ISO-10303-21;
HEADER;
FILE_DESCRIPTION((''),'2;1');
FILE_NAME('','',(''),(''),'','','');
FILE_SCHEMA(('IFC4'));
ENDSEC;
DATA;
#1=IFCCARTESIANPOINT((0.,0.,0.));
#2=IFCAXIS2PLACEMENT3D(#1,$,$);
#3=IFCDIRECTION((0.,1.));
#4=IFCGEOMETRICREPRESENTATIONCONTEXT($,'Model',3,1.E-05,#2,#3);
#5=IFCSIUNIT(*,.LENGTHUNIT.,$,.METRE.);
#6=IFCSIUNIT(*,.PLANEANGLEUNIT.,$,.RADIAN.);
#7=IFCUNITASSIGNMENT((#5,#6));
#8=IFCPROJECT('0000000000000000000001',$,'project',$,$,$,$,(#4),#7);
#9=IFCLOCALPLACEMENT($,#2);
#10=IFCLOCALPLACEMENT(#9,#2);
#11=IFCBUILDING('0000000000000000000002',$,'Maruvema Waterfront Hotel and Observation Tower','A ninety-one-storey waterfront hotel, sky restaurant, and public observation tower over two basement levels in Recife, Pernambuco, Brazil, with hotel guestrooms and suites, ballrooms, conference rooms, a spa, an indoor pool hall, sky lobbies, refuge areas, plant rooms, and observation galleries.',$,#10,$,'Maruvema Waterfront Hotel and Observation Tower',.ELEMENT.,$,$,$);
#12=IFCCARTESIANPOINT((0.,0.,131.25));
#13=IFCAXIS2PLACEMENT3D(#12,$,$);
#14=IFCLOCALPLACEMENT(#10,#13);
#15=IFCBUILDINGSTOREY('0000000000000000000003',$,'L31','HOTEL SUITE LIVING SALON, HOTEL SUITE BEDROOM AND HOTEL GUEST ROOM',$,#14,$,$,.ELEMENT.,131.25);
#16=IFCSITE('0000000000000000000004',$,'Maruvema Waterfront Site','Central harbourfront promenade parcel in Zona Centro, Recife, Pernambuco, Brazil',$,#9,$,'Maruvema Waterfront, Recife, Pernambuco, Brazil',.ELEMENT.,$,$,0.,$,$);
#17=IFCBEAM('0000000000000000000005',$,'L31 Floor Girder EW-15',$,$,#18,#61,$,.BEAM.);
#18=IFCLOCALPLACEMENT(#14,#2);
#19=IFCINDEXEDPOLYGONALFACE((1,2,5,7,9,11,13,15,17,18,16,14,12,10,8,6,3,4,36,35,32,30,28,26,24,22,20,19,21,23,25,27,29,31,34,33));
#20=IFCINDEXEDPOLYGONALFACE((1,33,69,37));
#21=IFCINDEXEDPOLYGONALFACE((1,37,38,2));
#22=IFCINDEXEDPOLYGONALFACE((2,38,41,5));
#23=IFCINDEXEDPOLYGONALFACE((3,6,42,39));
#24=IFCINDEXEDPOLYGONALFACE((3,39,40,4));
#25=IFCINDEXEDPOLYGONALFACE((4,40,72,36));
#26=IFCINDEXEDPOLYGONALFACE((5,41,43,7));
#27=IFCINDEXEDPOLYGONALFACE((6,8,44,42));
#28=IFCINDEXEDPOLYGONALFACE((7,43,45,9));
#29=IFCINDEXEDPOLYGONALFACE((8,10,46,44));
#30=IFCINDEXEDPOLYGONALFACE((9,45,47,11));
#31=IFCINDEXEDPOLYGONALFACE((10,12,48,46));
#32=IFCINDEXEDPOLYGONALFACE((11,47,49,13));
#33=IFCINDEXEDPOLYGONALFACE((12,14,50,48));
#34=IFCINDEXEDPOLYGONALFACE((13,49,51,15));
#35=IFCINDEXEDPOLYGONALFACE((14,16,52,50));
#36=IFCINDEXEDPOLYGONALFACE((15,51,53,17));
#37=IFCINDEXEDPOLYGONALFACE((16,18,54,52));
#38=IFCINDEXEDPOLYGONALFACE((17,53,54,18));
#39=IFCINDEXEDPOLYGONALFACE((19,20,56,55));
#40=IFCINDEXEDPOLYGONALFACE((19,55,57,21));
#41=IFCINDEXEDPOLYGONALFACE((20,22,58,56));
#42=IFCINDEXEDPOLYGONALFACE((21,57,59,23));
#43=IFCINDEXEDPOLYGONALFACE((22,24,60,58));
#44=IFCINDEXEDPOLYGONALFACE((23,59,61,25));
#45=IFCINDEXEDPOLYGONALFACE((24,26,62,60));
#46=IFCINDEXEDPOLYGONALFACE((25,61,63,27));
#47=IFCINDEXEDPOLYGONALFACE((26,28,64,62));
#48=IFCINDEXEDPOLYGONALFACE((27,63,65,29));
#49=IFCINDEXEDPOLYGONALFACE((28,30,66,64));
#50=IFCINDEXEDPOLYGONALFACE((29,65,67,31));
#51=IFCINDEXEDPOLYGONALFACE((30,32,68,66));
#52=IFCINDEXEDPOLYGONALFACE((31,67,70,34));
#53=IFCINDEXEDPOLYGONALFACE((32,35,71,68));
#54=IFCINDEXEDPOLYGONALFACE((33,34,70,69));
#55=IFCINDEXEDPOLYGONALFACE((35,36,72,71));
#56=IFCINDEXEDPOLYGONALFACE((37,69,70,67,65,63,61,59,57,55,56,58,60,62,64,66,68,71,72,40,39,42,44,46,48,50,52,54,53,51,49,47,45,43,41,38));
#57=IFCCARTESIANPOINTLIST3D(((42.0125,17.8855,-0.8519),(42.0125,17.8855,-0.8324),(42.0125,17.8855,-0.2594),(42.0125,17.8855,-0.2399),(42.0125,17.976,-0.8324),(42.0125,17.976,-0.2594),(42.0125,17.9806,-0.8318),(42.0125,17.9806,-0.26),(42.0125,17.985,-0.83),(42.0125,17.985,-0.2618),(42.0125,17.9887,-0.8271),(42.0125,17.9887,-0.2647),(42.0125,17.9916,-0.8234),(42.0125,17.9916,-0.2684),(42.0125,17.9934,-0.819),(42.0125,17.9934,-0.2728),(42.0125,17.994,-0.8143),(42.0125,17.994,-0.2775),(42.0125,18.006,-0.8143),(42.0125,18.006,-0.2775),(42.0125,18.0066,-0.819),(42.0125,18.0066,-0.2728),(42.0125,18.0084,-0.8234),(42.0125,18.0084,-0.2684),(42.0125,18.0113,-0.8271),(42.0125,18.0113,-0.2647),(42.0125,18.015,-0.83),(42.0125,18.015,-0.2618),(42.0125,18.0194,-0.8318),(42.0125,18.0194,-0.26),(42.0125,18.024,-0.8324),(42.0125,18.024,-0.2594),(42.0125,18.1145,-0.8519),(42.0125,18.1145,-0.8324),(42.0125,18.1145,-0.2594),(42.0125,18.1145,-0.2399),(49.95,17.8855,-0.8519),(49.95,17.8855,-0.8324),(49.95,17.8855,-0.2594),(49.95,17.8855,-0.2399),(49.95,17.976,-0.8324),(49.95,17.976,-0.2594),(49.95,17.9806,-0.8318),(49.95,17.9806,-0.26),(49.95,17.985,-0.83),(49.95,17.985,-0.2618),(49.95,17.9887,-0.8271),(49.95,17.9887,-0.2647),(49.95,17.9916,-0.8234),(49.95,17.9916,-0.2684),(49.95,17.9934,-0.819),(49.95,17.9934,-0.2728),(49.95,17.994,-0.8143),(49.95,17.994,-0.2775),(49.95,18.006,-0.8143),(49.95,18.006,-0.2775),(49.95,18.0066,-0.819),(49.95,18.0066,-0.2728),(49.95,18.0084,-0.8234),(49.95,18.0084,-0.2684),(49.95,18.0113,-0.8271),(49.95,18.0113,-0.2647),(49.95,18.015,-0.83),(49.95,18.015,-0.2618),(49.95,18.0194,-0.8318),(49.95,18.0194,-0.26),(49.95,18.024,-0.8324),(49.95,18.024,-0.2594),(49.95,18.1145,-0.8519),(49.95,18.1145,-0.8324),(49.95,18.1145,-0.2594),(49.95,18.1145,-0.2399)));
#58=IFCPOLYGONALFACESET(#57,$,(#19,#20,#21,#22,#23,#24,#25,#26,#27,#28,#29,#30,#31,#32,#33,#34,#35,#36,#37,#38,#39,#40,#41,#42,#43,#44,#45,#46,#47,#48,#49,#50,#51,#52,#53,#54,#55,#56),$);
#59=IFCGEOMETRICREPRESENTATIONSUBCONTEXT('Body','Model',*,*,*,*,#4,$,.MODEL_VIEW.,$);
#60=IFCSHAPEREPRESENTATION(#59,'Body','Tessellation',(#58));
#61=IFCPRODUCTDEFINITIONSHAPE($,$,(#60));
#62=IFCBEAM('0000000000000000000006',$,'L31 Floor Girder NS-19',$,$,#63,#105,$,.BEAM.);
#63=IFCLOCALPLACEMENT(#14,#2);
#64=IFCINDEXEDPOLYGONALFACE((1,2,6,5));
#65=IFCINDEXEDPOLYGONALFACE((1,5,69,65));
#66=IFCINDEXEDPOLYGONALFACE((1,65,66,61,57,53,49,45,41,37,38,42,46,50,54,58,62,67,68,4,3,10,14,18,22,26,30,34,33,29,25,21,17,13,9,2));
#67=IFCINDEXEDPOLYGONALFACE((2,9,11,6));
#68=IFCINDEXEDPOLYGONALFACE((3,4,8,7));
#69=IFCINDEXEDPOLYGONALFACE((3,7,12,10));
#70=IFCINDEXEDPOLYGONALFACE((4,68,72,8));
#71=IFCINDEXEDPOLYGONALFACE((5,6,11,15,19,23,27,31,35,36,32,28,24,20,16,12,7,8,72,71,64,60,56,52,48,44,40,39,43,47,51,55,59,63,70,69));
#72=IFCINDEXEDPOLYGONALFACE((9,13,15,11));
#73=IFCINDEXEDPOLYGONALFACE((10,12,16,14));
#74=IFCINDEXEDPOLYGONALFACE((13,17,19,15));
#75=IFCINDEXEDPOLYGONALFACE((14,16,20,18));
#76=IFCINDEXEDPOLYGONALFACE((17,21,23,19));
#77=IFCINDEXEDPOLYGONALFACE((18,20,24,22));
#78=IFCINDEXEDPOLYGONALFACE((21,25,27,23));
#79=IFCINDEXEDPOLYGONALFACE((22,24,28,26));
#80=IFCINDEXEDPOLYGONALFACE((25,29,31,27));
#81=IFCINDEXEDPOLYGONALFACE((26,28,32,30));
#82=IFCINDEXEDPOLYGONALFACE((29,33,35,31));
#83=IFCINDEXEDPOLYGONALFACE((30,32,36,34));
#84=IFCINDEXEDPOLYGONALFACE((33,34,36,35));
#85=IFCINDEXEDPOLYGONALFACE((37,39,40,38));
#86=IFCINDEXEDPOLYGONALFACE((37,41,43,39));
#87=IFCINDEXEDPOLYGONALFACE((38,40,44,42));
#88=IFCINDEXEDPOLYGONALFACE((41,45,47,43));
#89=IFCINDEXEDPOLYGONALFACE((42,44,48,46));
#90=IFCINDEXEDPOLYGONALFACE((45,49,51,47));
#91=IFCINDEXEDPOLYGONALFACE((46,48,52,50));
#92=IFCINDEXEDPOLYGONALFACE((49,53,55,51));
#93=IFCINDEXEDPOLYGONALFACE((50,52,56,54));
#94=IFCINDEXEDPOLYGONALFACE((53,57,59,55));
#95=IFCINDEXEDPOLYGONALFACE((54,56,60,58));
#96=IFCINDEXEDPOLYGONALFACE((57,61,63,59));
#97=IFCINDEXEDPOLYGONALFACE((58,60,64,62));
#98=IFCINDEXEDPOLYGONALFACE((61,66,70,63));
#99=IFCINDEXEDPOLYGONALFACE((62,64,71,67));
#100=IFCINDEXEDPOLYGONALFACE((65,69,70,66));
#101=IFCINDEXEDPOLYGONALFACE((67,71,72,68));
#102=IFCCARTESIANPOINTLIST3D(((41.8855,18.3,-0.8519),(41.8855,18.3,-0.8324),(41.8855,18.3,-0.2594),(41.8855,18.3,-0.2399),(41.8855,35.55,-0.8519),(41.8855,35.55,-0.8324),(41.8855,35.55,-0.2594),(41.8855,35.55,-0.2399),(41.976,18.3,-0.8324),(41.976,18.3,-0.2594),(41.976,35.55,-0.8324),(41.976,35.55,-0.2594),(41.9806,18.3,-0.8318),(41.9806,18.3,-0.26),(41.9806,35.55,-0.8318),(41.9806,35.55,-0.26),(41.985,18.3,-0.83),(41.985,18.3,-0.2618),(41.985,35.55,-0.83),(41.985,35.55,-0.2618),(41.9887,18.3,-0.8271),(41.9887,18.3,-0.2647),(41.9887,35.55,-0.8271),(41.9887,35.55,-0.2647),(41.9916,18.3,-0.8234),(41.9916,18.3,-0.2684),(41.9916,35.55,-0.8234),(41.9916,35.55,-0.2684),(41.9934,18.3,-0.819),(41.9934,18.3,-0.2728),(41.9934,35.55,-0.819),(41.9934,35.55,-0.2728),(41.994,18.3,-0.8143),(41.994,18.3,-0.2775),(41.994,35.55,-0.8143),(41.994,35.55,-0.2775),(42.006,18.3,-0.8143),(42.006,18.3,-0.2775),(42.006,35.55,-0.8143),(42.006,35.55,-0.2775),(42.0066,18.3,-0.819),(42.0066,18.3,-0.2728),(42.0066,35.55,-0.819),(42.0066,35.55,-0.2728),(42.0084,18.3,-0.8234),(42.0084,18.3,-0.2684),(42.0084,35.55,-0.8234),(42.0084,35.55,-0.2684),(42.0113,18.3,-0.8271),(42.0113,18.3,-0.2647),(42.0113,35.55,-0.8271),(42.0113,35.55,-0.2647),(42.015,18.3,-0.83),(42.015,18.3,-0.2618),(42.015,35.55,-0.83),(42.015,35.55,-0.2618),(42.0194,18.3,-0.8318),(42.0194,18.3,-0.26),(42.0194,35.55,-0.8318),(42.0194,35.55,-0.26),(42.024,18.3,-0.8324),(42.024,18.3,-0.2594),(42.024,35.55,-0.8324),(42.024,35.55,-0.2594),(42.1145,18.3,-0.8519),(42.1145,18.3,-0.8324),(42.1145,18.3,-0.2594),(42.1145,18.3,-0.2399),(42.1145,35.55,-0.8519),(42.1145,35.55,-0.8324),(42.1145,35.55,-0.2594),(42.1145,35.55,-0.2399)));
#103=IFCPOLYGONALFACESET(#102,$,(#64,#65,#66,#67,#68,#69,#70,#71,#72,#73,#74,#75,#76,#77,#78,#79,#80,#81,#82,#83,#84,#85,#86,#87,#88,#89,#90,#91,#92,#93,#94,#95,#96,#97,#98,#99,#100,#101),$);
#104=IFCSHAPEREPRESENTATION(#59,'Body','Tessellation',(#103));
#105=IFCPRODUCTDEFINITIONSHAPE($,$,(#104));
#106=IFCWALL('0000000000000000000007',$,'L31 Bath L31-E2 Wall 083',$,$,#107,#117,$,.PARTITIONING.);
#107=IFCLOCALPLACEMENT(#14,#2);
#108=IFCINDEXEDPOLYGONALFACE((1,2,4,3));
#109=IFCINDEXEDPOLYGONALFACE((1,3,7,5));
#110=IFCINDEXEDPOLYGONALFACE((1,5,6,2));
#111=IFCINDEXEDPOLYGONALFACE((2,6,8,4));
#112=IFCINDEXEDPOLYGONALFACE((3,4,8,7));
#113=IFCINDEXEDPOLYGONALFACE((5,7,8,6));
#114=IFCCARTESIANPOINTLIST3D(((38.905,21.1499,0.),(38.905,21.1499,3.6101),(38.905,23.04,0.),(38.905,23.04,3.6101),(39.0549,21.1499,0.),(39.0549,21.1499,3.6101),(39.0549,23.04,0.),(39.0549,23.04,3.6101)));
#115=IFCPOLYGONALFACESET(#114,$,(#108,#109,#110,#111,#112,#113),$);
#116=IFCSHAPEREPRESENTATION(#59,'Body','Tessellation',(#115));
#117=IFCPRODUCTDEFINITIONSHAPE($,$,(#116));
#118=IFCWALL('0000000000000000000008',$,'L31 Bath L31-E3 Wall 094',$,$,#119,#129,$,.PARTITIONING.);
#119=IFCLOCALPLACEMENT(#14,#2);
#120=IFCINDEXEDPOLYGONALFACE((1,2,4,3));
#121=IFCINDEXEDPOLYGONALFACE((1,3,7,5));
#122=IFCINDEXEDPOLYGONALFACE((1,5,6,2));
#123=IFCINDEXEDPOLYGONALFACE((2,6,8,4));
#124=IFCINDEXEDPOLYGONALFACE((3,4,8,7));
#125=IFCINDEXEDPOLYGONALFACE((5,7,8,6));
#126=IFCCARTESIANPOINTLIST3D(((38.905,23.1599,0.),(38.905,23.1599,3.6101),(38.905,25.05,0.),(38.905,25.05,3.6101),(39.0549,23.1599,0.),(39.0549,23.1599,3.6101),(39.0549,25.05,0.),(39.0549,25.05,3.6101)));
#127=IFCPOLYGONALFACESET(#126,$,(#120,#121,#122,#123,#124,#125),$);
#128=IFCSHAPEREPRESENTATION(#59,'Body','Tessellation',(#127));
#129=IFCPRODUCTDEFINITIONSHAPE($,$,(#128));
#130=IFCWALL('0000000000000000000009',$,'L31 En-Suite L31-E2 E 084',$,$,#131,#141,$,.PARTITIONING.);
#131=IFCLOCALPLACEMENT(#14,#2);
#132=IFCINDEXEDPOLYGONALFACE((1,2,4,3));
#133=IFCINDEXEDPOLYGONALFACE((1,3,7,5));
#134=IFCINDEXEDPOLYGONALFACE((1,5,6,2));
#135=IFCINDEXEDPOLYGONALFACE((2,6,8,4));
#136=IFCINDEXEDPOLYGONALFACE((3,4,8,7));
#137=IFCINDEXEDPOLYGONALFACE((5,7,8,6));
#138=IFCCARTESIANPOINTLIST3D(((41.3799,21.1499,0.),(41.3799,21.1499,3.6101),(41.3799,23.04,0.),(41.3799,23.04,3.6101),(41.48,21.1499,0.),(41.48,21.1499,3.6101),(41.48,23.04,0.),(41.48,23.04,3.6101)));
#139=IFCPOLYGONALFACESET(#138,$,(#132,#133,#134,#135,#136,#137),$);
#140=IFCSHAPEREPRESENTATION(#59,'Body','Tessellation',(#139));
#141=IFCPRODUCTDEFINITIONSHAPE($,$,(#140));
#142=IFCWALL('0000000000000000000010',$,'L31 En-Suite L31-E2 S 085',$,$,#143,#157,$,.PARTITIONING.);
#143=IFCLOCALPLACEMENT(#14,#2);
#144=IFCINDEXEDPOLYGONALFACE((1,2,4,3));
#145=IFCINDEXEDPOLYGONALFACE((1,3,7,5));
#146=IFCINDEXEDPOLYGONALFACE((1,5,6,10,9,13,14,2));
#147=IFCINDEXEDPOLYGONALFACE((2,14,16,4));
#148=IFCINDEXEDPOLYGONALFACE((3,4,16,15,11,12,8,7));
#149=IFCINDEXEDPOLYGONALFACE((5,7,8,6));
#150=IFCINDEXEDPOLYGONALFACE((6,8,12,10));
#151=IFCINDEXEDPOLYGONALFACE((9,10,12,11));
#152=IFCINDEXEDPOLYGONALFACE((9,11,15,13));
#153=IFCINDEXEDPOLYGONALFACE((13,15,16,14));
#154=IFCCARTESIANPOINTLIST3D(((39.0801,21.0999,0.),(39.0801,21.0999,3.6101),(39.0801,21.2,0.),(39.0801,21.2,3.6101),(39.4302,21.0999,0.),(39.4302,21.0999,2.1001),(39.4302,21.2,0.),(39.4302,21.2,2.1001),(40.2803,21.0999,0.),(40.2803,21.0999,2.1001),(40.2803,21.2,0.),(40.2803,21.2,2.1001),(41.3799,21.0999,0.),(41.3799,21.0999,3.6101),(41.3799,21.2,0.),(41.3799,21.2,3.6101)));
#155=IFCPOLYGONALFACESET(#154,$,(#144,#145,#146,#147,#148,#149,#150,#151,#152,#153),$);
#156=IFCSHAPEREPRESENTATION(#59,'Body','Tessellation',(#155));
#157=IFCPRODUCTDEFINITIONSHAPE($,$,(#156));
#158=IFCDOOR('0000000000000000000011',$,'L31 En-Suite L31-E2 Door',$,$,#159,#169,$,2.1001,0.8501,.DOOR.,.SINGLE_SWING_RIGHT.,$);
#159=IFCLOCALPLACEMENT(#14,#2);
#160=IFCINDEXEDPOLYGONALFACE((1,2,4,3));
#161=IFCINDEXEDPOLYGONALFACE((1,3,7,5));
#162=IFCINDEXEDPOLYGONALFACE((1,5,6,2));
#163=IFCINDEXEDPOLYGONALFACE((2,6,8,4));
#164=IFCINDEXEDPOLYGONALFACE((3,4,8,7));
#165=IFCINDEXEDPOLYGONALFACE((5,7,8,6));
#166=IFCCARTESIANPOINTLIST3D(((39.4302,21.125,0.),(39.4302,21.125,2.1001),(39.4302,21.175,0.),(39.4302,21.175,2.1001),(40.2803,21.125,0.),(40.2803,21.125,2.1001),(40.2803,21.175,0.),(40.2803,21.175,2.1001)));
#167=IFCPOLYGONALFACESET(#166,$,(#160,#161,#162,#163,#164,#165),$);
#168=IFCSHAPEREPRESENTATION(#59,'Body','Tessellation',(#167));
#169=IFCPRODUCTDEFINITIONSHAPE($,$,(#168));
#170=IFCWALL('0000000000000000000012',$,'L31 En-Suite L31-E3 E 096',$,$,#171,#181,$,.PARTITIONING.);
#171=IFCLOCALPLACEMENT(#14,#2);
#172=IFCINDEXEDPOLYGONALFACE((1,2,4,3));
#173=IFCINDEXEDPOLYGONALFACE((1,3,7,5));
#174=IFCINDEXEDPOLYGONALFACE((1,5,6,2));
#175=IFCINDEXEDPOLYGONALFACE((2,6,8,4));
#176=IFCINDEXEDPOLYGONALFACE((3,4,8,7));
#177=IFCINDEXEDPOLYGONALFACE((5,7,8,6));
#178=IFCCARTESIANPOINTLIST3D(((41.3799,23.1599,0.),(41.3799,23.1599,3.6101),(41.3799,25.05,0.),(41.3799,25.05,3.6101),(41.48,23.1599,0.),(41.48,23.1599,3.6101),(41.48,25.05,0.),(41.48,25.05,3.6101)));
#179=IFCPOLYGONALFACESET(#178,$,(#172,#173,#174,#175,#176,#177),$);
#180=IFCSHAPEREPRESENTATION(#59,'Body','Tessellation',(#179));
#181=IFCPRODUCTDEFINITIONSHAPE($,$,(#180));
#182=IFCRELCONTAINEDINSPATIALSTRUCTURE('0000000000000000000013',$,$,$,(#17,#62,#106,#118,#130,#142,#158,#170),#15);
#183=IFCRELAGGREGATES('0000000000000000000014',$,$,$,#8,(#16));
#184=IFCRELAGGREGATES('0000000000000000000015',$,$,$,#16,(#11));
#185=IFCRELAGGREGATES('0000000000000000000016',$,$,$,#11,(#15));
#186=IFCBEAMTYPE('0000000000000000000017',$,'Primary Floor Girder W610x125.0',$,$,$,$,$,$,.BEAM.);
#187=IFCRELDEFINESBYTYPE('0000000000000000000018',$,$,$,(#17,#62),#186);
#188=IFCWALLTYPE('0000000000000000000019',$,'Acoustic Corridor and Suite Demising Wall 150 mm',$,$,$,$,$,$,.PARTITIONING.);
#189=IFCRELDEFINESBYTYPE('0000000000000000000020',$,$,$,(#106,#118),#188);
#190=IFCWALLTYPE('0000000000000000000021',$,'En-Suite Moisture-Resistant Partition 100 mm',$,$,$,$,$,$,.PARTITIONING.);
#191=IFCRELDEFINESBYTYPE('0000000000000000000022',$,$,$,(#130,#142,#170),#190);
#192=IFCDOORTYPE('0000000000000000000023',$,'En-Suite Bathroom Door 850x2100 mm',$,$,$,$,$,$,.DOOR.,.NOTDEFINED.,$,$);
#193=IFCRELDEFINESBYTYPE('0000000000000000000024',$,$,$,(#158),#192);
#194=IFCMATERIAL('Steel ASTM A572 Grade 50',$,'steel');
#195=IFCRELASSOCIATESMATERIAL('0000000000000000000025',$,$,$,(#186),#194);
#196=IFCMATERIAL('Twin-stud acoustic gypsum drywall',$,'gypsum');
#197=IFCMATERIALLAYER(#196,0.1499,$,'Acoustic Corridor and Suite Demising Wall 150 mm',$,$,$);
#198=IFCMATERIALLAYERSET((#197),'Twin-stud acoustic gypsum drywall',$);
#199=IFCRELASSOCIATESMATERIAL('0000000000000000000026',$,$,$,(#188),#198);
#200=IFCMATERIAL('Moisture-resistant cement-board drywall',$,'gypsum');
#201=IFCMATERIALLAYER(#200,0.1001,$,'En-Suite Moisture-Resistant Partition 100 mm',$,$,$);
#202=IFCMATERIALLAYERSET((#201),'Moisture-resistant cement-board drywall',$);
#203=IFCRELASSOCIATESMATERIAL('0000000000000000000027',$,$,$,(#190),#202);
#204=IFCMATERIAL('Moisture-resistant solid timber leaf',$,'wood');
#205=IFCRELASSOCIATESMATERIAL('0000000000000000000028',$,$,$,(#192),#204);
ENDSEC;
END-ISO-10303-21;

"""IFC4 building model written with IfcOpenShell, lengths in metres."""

from ifc_helpers import new_model, si_unit, direction, frame, frame_2d, origin, origin_2d, place, context, subcontext, project, spatial, rectangle, i_section, extrude, material, layer, layer_set, material_profile, profile_set, type_object, element, fill, save


model = new_model("IFC4")

# Units and contexts
model_context = context("Model", 3, precision=1e-05, world=origin(), true_north=direction((0.0, 1.0)))
body_context = subcontext(model_context, "Body", "Model", "MODEL_VIEW")
ifc_project = project(units=[si_unit("LENGTHUNIT", "METRE"), si_unit("PLANEANGLEUNIT", "RADIAN")], contexts=[model_context])

# Site, building, storey
site_placement = place(None, origin())
site = spatial("IfcSite", under=ifc_project, at=site_placement, Name="Maruvema Waterfront Site", Description="Central harbourfront promenade parcel in Zona Centro, Recife, Pernambuco, Brazil", LongName="Maruvema Waterfront, Recife, Pernambuco, Brazil", CompositionType="ELEMENT", RefElevation=0.0)
building_placement = place(site_placement, origin())
building = spatial("IfcBuilding", under=site, at=building_placement, Name="Maruvema Waterfront Hotel and Observation Tower", Description="A ninety-one-storey waterfront hotel, sky restaurant, and public observation tower over two basement levels in Recife, Pernambuco, Brazil, with hotel guestrooms and suites, ballrooms, conference rooms, a spa, an indoor pool hall, sky lobbies, refuge areas, plant rooms, and observation galleries.", LongName="Maruvema Waterfront Hotel and Observation Tower", CompositionType="ELEMENT")
storey_placement = place(building_placement, frame((0.0, 0.0, 131.25)))
storey = spatial("IfcBuildingStorey", under=building, at=storey_placement, Name="L31", Description="HOTEL SUITE LIVING SALON, HOTEL SUITE BEDROOM AND HOTEL GUEST ROOM", CompositionType="ELEMENT", Elevation=131.25)

# Beams
ifc_material_1 = material(Name="Steel ASTM A572 Grade 50", Category="steel")
ifc_material_profile = material_profile(ifc_material_1, i_section(OverallWidth=0.229, OverallDepth=0.6121, WebThickness=0.012, FlangeThickness=0.0195, FilletRadius=0.0181, at=origin_2d()), Name="W610x125.0")
ifc_profile_set = profile_set([ifc_material_profile], Name="Steel ASTM A572 Grade 50")
beam_type = type_object("IfcBeamType", Name="Primary Floor Girder W610x125.0", PredefinedType="BEAM", material=ifc_profile_set)
beam_1_placement = place(storey_placement, frame((42.0125, 18.0, -0.5459), z_axis=(1.0, 0.0, 0.0), x_axis=(0.0, 1.0, 0.0)))
element("IfcBeam", 1, at=beam_1_placement, inside=storey, type_object=beam_type, Name="L31 Floor Girder EW-15", PredefinedType="BEAM", context=body_context, shape_type="SweptSolid", body=[
    extrude(i_section(OverallWidth=0.229, OverallDepth=0.6121, WebThickness=0.012, FlangeThickness=0.0195, FilletRadius=0.0181, at=origin_2d()), origin(), (0.0, 0.0, 1.0), 7.9375),
])
beam_2_placement = place(storey_placement, frame((42.0, 18.3, -0.5459), z_axis=(0.0, 1.0, 0.0), x_axis=(-1.0, 0.0, 0.0)))
element("IfcBeam", 2, at=beam_2_placement, inside=storey, type_object=beam_type, Name="L31 Floor Girder NS-19", PredefinedType="BEAM", context=body_context, shape_type="SweptSolid", body=[
    extrude(i_section(OverallWidth=0.229, OverallDepth=0.6121, WebThickness=0.012, FlangeThickness=0.0195, FilletRadius=0.0181, at=origin_2d()), origin(), (0.0, 0.0, 1.0), 17.25),
])

# Shared definitions
ifc_material_2 = material(Name="Twin-stud acoustic gypsum drywall", Category="gypsum")
ifc_layer_1 = layer(ifc_material_2, 0.1499, Name="Acoustic Corridor and Suite Demising Wall 150 mm")
ifc_layer_set_1 = layer_set([ifc_layer_1], Name="Twin-stud acoustic gypsum drywall")
wall_type_1 = type_object("IfcWallType", Name="Acoustic Corridor and Suite Demising Wall 150 mm", PredefinedType="PARTITIONING", material=ifc_layer_set_1)

# Walls
for number, where, z_axis, x_axis, name in (
    (3, (38.98, 21.1499, 0.0), (0.0, 0.0, 1.0), (0.0, 1.0, 0.0), "L31 Bath L31-E2 Wall 083"),
    (4, (38.98, 23.1599, 0.0), (0.0, 0.0, 1.0), (0.0, 1.0, 0.0), "L31 Bath L31-E3 Wall 094"),
):
    element("IfcWall", number, at=place(storey_placement, frame(where, z_axis=z_axis, x_axis=x_axis)), inside=storey, type_object=wall_type_1, Name=name, PredefinedType="PARTITIONING", context=body_context, shape_type="SweptSolid", body=[
        extrude(rectangle(XDim=1.8901, YDim=0.1499, at=frame_2d((0.9451, 0.0))), origin(), (0.0, 0.0, 1.0), 3.6101),
    ])

# Wall
ifc_material_3 = material(Name="Moisture-resistant cement-board drywall", Category="gypsum")
ifc_layer_2 = layer(ifc_material_3, 0.1001, Name="En-Suite Moisture-Resistant Partition 100 mm")
ifc_layer_set_2 = layer_set([ifc_layer_2], Name="Moisture-resistant cement-board drywall")
wall_type_2 = type_object("IfcWallType", Name="En-Suite Moisture-Resistant Partition 100 mm", PredefinedType="PARTITIONING", material=ifc_layer_set_2)
wall_1_placement = place(storey_placement, frame((41.4299, 21.1499, 0.0), z_axis=(0.0, 0.0, 1.0), x_axis=(0.0, 1.0, 0.0)))
element("IfcWall", 5, at=wall_1_placement, inside=storey, type_object=wall_type_2, Name="L31 En-Suite L31-E2 E 084", PredefinedType="PARTITIONING", context=body_context, shape_type="SweptSolid", body=[
    extrude(rectangle(XDim=1.8901, YDim=0.1001, at=frame_2d((0.9451, 0.0))), origin(), (0.0, 0.0, 1.0), 3.6101),
])

# Wall, opening, door
wall_2_placement = place(storey_placement, frame((39.0801, 21.1499, 0.0), z_axis=(0.0, 0.0, 1.0), x_axis=(1.0, 0.0, 0.0)))
wall_2 = element("IfcWall", 6, at=wall_2_placement, inside=storey, type_object=wall_type_2, Name="L31 En-Suite L31-E2 S 085", PredefinedType="PARTITIONING", context=body_context, shape_type="SweptSolid", body=[
    extrude(rectangle(XDim=2.2998, YDim=0.1001, at=frame_2d((1.1499, 0.0))), origin(), (0.0, 0.0, 1.0), 3.6101),
])
opening_1_placement = place(wall_2_placement, frame((0.3501, 0.0, 0.0)))
opening_1 = element("IfcOpeningElement", 7, at=opening_1_placement, cuts=wall_2, PredefinedType="OPENING", context=body_context, shape_type="SweptSolid", body=[
    extrude(rectangle(XDim=0.8501, YDim=2.1001, at=frame_2d((0.425, 1.05))), frame((0.0, 0.0601, 0.0), z_axis=(0.0, -1.0, 0.0), x_axis=(1.0, 0.0, 0.0)), (0.0, 0.0, 1.0), 0.1201),
])
ifc_material_4 = material(Name="Moisture-resistant solid timber leaf", Category="wood")
door_type_1 = type_object("IfcDoorType", Name="En-Suite Bathroom Door 850x2100 mm", OperationType="NOTDEFINED", PredefinedType="DOOR", material=ifc_material_4)
door_1_placement = place(opening_1_placement, frame((0.8501, 0.0, 0.0), z_axis=(0.0, 0.0, 1.0), x_axis=(-1.0, 0.0, 0.0)))
door_1 = element("IfcDoor", 8, at=door_1_placement, inside=storey, type_object=door_type_1, Name="L31 En-Suite L31-E2 Door", OperationType="SINGLE_SWING_RIGHT", OverallHeight=2.1001, OverallWidth=0.8501, PredefinedType="DOOR", context=body_context, shape_type="SweptSolid", body=[
    extrude(rectangle(XDim=0.8501, YDim=2.1001, at=frame_2d((0.425, 1.05))), frame((0.0, 0.0249, 0.0), z_axis=(0.0, -1.0, 0.0), x_axis=(1.0, 0.0, 0.0)), (0.0, 0.0, 1.0), 0.05),
])
fill(opening_1, door_1)

# Wall
wall_3_placement = place(storey_placement, frame((41.4299, 23.1599, 0.0), z_axis=(0.0, 0.0, 1.0), x_axis=(0.0, 1.0, 0.0)))
element("IfcWall", 9, at=wall_3_placement, inside=storey, type_object=wall_type_2, Name="L31 En-Suite L31-E3 E 096", PredefinedType="PARTITIONING", context=body_context, shape_type="SweptSolid", body=[
    extrude(rectangle(XDim=1.8901, YDim=0.1001, at=frame_2d((0.9451, 0.0))), origin(), (0.0, 0.0, 1.0), 3.6101),
])

save(model, "model.ifc")
